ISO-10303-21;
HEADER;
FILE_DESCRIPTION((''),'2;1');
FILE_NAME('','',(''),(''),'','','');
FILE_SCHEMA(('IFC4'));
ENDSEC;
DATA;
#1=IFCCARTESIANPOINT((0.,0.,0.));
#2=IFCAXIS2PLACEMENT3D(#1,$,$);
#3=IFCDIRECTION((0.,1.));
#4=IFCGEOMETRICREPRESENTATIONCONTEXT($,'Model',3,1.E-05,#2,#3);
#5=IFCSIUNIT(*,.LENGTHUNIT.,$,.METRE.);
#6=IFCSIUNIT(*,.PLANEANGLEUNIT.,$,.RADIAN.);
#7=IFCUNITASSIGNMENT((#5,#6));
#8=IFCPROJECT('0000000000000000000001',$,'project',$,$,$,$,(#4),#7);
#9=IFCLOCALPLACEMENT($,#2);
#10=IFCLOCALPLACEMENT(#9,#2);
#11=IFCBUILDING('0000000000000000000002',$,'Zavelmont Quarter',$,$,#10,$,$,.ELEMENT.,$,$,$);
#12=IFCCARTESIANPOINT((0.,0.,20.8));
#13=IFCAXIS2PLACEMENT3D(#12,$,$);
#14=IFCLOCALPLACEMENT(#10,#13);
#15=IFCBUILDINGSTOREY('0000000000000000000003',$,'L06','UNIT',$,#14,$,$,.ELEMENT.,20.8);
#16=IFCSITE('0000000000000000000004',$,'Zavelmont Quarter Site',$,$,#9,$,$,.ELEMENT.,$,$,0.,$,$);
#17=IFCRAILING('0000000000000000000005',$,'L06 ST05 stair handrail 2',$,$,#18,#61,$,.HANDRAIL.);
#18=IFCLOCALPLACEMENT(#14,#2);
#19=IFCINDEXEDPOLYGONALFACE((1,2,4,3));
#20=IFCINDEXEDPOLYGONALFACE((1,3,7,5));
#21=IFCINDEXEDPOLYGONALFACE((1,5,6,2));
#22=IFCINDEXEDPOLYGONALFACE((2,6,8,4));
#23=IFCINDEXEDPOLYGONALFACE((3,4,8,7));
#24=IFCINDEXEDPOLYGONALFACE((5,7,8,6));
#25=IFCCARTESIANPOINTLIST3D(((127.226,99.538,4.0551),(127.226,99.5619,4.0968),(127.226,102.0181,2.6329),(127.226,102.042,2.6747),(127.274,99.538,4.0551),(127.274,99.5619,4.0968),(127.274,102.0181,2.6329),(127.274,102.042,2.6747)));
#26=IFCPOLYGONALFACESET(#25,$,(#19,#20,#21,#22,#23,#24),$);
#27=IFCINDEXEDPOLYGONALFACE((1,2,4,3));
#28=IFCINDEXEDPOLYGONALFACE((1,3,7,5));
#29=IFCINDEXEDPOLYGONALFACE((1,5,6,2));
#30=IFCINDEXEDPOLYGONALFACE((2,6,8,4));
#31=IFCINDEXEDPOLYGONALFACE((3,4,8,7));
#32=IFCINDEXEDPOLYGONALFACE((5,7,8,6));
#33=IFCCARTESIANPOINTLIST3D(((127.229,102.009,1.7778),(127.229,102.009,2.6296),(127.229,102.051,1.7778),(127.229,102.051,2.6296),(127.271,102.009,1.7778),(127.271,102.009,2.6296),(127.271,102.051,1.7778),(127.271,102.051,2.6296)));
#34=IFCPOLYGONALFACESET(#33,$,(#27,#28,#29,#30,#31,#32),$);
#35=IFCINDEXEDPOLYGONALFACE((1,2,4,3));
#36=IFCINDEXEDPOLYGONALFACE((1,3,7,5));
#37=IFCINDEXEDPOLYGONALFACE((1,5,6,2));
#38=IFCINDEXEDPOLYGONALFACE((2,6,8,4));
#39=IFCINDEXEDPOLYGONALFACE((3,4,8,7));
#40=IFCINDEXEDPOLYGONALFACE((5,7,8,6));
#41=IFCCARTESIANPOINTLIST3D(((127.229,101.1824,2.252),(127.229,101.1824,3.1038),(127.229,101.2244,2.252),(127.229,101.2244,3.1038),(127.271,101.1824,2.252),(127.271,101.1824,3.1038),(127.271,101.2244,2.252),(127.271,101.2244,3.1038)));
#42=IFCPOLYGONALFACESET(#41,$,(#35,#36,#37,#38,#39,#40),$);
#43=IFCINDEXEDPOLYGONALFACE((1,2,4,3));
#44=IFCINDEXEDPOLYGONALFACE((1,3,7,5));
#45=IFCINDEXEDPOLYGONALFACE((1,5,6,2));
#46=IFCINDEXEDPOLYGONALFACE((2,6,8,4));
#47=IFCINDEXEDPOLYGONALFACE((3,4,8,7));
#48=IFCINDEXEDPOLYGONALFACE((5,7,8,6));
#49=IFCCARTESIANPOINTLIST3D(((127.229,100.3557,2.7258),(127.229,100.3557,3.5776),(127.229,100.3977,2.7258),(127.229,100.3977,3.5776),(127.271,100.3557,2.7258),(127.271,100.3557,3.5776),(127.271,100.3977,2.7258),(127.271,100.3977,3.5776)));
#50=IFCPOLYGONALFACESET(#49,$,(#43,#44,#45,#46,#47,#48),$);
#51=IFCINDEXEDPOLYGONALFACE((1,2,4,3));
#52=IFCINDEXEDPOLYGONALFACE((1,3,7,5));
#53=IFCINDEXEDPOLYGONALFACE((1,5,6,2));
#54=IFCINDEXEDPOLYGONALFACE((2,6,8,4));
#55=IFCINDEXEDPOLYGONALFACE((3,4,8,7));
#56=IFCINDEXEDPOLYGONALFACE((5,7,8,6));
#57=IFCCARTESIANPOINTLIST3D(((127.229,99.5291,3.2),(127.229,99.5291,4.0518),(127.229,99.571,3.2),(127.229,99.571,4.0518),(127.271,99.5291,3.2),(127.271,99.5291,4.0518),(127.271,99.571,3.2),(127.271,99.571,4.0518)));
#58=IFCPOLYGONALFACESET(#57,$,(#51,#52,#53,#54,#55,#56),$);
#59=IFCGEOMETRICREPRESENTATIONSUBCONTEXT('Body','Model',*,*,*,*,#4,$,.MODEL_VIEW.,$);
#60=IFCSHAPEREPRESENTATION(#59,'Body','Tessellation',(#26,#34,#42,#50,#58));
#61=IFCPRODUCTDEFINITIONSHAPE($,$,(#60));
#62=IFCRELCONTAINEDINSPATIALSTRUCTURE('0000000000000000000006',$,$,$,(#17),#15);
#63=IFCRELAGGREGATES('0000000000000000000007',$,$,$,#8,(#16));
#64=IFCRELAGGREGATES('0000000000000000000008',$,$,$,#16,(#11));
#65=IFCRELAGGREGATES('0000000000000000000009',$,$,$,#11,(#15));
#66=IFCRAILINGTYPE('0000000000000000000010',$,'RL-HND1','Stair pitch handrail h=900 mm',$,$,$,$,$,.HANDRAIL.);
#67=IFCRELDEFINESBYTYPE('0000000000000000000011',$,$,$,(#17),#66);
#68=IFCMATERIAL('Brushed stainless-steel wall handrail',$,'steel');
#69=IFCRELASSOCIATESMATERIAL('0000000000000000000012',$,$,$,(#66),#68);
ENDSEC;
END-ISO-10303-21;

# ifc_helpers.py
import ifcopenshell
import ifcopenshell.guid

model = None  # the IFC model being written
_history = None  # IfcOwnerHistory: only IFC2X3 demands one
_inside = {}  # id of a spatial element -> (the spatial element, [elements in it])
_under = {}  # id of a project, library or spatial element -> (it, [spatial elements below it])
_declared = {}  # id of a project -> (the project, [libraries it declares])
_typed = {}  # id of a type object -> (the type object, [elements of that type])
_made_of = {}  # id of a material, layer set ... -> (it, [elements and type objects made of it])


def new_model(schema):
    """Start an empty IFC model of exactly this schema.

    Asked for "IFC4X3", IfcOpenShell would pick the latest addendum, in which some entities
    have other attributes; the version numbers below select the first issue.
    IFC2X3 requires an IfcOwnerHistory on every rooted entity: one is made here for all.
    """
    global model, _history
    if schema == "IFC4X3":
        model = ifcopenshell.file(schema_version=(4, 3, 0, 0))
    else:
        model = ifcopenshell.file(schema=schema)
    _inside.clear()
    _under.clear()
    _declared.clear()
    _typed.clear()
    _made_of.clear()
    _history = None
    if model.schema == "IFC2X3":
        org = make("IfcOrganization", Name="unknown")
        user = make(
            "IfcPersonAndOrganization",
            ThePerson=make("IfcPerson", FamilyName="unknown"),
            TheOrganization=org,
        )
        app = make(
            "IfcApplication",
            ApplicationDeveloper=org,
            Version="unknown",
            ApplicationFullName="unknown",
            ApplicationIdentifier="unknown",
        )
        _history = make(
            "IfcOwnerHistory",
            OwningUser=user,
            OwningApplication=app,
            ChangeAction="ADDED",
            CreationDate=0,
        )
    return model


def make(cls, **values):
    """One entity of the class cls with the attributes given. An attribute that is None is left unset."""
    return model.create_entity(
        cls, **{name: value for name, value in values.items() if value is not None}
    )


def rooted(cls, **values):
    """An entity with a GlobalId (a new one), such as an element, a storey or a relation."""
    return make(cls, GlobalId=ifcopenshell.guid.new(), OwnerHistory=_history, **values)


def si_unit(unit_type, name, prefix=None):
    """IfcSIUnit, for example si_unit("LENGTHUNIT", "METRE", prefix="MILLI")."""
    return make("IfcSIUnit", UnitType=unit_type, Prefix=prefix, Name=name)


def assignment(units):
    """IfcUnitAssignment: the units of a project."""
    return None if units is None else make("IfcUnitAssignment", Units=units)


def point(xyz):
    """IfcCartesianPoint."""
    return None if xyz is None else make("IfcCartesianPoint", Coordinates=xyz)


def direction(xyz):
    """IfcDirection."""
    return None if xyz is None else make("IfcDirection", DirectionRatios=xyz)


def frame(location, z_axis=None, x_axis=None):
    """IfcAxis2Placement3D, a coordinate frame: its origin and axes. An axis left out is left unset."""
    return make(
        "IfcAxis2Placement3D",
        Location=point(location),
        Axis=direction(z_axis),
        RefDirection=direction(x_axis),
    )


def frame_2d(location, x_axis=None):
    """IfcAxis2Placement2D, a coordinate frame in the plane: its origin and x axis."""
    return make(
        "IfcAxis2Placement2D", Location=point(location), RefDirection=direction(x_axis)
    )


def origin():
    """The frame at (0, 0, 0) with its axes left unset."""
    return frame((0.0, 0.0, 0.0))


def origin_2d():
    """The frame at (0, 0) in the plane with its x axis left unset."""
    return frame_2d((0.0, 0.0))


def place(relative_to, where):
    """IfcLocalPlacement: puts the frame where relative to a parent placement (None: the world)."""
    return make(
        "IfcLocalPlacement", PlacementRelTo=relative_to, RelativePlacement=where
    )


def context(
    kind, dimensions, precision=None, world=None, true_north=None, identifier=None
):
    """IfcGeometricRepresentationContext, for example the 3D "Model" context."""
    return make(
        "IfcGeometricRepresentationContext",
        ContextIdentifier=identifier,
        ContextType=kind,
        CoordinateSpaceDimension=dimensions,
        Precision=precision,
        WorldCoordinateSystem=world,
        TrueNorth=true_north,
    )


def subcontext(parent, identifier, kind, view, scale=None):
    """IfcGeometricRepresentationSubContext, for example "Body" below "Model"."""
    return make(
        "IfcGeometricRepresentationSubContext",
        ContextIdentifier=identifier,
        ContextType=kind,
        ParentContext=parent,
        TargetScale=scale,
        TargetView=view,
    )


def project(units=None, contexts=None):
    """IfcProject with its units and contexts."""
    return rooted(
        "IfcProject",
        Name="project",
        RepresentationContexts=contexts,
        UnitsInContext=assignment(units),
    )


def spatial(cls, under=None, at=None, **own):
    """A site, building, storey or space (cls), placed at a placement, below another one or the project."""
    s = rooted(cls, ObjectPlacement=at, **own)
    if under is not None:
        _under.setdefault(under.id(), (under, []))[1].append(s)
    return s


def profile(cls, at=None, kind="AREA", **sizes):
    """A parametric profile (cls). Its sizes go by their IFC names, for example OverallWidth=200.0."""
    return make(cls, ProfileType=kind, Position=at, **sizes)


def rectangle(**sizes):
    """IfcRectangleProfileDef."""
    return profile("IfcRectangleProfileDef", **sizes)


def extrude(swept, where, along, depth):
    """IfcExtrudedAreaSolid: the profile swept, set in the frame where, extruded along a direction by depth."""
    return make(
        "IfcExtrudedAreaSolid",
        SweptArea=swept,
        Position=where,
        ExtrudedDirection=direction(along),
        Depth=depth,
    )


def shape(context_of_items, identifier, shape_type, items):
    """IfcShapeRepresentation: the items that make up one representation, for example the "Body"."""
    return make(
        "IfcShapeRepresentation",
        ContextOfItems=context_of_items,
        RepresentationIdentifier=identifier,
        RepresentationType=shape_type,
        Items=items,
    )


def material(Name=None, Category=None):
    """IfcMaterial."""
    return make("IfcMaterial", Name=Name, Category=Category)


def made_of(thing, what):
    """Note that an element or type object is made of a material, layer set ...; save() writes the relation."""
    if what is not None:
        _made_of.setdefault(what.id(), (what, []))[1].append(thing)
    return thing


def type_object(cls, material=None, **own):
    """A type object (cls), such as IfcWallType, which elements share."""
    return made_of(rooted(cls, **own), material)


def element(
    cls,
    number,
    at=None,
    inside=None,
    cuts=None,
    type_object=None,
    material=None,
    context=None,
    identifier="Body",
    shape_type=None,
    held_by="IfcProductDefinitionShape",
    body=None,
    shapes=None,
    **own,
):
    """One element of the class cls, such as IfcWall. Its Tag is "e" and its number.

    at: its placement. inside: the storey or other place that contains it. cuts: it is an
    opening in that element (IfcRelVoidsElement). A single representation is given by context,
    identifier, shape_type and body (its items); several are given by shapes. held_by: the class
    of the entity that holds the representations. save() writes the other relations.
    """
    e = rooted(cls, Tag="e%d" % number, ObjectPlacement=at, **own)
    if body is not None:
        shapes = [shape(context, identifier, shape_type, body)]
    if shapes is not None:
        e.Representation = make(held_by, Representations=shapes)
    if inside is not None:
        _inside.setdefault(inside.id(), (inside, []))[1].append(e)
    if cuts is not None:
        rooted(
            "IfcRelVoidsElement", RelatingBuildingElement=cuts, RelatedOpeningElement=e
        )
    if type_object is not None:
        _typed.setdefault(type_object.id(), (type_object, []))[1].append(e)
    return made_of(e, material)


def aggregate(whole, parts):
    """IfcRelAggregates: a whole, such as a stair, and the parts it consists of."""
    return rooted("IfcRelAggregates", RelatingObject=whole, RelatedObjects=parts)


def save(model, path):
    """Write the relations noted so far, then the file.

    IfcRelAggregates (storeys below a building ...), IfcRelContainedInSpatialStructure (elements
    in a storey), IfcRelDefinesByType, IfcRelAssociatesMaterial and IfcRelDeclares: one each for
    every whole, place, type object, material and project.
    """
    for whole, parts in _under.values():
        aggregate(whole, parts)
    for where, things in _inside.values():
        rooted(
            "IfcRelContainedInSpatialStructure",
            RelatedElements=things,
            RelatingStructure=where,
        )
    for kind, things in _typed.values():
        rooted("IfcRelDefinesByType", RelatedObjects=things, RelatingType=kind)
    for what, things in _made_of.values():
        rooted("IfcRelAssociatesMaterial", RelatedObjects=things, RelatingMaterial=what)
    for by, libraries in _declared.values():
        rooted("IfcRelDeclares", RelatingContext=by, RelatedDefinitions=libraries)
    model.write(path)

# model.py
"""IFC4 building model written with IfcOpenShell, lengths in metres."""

from ifc_helpers import new_model, si_unit, direction, frame, origin, origin_2d, place, context, subcontext, project, spatial, rectangle, extrude, material, type_object, element, save


model = new_model("IFC4")

# Units and contexts
model_context = context("Model", 3, precision=1e-05, world=origin(), true_north=direction((0.0, 1.0)))
body_context = subcontext(model_context, "Body", "Model", "MODEL_VIEW")
ifc_project = project(units=[si_unit("LENGTHUNIT", "METRE"), si_unit("PLANEANGLEUNIT", "RADIAN")], contexts=[model_context])

# Site, building, storey
site_placement = place(None, origin())
site = spatial("IfcSite", under=ifc_project, at=site_placement, Name="Zavelmont Quarter Site", CompositionType="ELEMENT", RefElevation=0.0)
building_placement = place(site_placement, origin())
building = spatial("IfcBuilding", under=site, at=building_placement, Name="Zavelmont Quarter", CompositionType="ELEMENT")
storey_placement = place(building_placement, frame((0.0, 0.0, 20.8)))
storey = spatial("IfcBuildingStorey", under=building, at=storey_placement, Name="L06", Description="UNIT", CompositionType="ELEMENT", Elevation=20.8)

# Railing
ifc_material_1 = material(Name="Brushed stainless-steel wall handrail", Category="steel")
railing_type_1 = type_object("IfcRailingType", Name="RL-HND1", Description="Stair pitch handrail h=900 mm", PredefinedType="HANDRAIL", material=ifc_material_1)
railing_1_placement = place(storey_placement, frame((127.25, 102.03, 1.7778)))
element("IfcRailing", 1, at=railing_1_placement, inside=storey, type_object=railing_type_1, Name="L06 ST05 stair handrail 2", PredefinedType="HANDRAIL", context=body_context, shape_type="SweptSolid", body=[
    extrude(rectangle(XDim=0.0481, YDim=0.0481, at=origin_2d()), frame((0.0, 0.0, 0.876), z_axis=(0.0, -0.867491, 0.497454), x_axis=(1.0, 0.0, 0.0)), (0.0, 0.0, 1.0), 2.8589),
    extrude(rectangle(XDim=0.042, YDim=0.042, at=origin_2d()), origin(), (0.0, 0.0, 1.0), 0.8518),
    extrude(rectangle(XDim=0.042, YDim=0.042, at=origin_2d()), frame((0.0, -0.8267, 0.4741)), (0.0, 0.0, 1.0), 0.8518),
    extrude(rectangle(XDim=0.042, YDim=0.042, at=origin_2d()), frame((0.0, -1.6533, 0.948)), (0.0, 0.0, 1.0), 0.8518),
    extrude(rectangle(XDim=0.042, YDim=0.042, at=origin_2d()), frame((0.0, -2.48, 1.4221)), (0.0, 0.0, 1.0), 0.8518),
])

save(model, "model.ifc")
